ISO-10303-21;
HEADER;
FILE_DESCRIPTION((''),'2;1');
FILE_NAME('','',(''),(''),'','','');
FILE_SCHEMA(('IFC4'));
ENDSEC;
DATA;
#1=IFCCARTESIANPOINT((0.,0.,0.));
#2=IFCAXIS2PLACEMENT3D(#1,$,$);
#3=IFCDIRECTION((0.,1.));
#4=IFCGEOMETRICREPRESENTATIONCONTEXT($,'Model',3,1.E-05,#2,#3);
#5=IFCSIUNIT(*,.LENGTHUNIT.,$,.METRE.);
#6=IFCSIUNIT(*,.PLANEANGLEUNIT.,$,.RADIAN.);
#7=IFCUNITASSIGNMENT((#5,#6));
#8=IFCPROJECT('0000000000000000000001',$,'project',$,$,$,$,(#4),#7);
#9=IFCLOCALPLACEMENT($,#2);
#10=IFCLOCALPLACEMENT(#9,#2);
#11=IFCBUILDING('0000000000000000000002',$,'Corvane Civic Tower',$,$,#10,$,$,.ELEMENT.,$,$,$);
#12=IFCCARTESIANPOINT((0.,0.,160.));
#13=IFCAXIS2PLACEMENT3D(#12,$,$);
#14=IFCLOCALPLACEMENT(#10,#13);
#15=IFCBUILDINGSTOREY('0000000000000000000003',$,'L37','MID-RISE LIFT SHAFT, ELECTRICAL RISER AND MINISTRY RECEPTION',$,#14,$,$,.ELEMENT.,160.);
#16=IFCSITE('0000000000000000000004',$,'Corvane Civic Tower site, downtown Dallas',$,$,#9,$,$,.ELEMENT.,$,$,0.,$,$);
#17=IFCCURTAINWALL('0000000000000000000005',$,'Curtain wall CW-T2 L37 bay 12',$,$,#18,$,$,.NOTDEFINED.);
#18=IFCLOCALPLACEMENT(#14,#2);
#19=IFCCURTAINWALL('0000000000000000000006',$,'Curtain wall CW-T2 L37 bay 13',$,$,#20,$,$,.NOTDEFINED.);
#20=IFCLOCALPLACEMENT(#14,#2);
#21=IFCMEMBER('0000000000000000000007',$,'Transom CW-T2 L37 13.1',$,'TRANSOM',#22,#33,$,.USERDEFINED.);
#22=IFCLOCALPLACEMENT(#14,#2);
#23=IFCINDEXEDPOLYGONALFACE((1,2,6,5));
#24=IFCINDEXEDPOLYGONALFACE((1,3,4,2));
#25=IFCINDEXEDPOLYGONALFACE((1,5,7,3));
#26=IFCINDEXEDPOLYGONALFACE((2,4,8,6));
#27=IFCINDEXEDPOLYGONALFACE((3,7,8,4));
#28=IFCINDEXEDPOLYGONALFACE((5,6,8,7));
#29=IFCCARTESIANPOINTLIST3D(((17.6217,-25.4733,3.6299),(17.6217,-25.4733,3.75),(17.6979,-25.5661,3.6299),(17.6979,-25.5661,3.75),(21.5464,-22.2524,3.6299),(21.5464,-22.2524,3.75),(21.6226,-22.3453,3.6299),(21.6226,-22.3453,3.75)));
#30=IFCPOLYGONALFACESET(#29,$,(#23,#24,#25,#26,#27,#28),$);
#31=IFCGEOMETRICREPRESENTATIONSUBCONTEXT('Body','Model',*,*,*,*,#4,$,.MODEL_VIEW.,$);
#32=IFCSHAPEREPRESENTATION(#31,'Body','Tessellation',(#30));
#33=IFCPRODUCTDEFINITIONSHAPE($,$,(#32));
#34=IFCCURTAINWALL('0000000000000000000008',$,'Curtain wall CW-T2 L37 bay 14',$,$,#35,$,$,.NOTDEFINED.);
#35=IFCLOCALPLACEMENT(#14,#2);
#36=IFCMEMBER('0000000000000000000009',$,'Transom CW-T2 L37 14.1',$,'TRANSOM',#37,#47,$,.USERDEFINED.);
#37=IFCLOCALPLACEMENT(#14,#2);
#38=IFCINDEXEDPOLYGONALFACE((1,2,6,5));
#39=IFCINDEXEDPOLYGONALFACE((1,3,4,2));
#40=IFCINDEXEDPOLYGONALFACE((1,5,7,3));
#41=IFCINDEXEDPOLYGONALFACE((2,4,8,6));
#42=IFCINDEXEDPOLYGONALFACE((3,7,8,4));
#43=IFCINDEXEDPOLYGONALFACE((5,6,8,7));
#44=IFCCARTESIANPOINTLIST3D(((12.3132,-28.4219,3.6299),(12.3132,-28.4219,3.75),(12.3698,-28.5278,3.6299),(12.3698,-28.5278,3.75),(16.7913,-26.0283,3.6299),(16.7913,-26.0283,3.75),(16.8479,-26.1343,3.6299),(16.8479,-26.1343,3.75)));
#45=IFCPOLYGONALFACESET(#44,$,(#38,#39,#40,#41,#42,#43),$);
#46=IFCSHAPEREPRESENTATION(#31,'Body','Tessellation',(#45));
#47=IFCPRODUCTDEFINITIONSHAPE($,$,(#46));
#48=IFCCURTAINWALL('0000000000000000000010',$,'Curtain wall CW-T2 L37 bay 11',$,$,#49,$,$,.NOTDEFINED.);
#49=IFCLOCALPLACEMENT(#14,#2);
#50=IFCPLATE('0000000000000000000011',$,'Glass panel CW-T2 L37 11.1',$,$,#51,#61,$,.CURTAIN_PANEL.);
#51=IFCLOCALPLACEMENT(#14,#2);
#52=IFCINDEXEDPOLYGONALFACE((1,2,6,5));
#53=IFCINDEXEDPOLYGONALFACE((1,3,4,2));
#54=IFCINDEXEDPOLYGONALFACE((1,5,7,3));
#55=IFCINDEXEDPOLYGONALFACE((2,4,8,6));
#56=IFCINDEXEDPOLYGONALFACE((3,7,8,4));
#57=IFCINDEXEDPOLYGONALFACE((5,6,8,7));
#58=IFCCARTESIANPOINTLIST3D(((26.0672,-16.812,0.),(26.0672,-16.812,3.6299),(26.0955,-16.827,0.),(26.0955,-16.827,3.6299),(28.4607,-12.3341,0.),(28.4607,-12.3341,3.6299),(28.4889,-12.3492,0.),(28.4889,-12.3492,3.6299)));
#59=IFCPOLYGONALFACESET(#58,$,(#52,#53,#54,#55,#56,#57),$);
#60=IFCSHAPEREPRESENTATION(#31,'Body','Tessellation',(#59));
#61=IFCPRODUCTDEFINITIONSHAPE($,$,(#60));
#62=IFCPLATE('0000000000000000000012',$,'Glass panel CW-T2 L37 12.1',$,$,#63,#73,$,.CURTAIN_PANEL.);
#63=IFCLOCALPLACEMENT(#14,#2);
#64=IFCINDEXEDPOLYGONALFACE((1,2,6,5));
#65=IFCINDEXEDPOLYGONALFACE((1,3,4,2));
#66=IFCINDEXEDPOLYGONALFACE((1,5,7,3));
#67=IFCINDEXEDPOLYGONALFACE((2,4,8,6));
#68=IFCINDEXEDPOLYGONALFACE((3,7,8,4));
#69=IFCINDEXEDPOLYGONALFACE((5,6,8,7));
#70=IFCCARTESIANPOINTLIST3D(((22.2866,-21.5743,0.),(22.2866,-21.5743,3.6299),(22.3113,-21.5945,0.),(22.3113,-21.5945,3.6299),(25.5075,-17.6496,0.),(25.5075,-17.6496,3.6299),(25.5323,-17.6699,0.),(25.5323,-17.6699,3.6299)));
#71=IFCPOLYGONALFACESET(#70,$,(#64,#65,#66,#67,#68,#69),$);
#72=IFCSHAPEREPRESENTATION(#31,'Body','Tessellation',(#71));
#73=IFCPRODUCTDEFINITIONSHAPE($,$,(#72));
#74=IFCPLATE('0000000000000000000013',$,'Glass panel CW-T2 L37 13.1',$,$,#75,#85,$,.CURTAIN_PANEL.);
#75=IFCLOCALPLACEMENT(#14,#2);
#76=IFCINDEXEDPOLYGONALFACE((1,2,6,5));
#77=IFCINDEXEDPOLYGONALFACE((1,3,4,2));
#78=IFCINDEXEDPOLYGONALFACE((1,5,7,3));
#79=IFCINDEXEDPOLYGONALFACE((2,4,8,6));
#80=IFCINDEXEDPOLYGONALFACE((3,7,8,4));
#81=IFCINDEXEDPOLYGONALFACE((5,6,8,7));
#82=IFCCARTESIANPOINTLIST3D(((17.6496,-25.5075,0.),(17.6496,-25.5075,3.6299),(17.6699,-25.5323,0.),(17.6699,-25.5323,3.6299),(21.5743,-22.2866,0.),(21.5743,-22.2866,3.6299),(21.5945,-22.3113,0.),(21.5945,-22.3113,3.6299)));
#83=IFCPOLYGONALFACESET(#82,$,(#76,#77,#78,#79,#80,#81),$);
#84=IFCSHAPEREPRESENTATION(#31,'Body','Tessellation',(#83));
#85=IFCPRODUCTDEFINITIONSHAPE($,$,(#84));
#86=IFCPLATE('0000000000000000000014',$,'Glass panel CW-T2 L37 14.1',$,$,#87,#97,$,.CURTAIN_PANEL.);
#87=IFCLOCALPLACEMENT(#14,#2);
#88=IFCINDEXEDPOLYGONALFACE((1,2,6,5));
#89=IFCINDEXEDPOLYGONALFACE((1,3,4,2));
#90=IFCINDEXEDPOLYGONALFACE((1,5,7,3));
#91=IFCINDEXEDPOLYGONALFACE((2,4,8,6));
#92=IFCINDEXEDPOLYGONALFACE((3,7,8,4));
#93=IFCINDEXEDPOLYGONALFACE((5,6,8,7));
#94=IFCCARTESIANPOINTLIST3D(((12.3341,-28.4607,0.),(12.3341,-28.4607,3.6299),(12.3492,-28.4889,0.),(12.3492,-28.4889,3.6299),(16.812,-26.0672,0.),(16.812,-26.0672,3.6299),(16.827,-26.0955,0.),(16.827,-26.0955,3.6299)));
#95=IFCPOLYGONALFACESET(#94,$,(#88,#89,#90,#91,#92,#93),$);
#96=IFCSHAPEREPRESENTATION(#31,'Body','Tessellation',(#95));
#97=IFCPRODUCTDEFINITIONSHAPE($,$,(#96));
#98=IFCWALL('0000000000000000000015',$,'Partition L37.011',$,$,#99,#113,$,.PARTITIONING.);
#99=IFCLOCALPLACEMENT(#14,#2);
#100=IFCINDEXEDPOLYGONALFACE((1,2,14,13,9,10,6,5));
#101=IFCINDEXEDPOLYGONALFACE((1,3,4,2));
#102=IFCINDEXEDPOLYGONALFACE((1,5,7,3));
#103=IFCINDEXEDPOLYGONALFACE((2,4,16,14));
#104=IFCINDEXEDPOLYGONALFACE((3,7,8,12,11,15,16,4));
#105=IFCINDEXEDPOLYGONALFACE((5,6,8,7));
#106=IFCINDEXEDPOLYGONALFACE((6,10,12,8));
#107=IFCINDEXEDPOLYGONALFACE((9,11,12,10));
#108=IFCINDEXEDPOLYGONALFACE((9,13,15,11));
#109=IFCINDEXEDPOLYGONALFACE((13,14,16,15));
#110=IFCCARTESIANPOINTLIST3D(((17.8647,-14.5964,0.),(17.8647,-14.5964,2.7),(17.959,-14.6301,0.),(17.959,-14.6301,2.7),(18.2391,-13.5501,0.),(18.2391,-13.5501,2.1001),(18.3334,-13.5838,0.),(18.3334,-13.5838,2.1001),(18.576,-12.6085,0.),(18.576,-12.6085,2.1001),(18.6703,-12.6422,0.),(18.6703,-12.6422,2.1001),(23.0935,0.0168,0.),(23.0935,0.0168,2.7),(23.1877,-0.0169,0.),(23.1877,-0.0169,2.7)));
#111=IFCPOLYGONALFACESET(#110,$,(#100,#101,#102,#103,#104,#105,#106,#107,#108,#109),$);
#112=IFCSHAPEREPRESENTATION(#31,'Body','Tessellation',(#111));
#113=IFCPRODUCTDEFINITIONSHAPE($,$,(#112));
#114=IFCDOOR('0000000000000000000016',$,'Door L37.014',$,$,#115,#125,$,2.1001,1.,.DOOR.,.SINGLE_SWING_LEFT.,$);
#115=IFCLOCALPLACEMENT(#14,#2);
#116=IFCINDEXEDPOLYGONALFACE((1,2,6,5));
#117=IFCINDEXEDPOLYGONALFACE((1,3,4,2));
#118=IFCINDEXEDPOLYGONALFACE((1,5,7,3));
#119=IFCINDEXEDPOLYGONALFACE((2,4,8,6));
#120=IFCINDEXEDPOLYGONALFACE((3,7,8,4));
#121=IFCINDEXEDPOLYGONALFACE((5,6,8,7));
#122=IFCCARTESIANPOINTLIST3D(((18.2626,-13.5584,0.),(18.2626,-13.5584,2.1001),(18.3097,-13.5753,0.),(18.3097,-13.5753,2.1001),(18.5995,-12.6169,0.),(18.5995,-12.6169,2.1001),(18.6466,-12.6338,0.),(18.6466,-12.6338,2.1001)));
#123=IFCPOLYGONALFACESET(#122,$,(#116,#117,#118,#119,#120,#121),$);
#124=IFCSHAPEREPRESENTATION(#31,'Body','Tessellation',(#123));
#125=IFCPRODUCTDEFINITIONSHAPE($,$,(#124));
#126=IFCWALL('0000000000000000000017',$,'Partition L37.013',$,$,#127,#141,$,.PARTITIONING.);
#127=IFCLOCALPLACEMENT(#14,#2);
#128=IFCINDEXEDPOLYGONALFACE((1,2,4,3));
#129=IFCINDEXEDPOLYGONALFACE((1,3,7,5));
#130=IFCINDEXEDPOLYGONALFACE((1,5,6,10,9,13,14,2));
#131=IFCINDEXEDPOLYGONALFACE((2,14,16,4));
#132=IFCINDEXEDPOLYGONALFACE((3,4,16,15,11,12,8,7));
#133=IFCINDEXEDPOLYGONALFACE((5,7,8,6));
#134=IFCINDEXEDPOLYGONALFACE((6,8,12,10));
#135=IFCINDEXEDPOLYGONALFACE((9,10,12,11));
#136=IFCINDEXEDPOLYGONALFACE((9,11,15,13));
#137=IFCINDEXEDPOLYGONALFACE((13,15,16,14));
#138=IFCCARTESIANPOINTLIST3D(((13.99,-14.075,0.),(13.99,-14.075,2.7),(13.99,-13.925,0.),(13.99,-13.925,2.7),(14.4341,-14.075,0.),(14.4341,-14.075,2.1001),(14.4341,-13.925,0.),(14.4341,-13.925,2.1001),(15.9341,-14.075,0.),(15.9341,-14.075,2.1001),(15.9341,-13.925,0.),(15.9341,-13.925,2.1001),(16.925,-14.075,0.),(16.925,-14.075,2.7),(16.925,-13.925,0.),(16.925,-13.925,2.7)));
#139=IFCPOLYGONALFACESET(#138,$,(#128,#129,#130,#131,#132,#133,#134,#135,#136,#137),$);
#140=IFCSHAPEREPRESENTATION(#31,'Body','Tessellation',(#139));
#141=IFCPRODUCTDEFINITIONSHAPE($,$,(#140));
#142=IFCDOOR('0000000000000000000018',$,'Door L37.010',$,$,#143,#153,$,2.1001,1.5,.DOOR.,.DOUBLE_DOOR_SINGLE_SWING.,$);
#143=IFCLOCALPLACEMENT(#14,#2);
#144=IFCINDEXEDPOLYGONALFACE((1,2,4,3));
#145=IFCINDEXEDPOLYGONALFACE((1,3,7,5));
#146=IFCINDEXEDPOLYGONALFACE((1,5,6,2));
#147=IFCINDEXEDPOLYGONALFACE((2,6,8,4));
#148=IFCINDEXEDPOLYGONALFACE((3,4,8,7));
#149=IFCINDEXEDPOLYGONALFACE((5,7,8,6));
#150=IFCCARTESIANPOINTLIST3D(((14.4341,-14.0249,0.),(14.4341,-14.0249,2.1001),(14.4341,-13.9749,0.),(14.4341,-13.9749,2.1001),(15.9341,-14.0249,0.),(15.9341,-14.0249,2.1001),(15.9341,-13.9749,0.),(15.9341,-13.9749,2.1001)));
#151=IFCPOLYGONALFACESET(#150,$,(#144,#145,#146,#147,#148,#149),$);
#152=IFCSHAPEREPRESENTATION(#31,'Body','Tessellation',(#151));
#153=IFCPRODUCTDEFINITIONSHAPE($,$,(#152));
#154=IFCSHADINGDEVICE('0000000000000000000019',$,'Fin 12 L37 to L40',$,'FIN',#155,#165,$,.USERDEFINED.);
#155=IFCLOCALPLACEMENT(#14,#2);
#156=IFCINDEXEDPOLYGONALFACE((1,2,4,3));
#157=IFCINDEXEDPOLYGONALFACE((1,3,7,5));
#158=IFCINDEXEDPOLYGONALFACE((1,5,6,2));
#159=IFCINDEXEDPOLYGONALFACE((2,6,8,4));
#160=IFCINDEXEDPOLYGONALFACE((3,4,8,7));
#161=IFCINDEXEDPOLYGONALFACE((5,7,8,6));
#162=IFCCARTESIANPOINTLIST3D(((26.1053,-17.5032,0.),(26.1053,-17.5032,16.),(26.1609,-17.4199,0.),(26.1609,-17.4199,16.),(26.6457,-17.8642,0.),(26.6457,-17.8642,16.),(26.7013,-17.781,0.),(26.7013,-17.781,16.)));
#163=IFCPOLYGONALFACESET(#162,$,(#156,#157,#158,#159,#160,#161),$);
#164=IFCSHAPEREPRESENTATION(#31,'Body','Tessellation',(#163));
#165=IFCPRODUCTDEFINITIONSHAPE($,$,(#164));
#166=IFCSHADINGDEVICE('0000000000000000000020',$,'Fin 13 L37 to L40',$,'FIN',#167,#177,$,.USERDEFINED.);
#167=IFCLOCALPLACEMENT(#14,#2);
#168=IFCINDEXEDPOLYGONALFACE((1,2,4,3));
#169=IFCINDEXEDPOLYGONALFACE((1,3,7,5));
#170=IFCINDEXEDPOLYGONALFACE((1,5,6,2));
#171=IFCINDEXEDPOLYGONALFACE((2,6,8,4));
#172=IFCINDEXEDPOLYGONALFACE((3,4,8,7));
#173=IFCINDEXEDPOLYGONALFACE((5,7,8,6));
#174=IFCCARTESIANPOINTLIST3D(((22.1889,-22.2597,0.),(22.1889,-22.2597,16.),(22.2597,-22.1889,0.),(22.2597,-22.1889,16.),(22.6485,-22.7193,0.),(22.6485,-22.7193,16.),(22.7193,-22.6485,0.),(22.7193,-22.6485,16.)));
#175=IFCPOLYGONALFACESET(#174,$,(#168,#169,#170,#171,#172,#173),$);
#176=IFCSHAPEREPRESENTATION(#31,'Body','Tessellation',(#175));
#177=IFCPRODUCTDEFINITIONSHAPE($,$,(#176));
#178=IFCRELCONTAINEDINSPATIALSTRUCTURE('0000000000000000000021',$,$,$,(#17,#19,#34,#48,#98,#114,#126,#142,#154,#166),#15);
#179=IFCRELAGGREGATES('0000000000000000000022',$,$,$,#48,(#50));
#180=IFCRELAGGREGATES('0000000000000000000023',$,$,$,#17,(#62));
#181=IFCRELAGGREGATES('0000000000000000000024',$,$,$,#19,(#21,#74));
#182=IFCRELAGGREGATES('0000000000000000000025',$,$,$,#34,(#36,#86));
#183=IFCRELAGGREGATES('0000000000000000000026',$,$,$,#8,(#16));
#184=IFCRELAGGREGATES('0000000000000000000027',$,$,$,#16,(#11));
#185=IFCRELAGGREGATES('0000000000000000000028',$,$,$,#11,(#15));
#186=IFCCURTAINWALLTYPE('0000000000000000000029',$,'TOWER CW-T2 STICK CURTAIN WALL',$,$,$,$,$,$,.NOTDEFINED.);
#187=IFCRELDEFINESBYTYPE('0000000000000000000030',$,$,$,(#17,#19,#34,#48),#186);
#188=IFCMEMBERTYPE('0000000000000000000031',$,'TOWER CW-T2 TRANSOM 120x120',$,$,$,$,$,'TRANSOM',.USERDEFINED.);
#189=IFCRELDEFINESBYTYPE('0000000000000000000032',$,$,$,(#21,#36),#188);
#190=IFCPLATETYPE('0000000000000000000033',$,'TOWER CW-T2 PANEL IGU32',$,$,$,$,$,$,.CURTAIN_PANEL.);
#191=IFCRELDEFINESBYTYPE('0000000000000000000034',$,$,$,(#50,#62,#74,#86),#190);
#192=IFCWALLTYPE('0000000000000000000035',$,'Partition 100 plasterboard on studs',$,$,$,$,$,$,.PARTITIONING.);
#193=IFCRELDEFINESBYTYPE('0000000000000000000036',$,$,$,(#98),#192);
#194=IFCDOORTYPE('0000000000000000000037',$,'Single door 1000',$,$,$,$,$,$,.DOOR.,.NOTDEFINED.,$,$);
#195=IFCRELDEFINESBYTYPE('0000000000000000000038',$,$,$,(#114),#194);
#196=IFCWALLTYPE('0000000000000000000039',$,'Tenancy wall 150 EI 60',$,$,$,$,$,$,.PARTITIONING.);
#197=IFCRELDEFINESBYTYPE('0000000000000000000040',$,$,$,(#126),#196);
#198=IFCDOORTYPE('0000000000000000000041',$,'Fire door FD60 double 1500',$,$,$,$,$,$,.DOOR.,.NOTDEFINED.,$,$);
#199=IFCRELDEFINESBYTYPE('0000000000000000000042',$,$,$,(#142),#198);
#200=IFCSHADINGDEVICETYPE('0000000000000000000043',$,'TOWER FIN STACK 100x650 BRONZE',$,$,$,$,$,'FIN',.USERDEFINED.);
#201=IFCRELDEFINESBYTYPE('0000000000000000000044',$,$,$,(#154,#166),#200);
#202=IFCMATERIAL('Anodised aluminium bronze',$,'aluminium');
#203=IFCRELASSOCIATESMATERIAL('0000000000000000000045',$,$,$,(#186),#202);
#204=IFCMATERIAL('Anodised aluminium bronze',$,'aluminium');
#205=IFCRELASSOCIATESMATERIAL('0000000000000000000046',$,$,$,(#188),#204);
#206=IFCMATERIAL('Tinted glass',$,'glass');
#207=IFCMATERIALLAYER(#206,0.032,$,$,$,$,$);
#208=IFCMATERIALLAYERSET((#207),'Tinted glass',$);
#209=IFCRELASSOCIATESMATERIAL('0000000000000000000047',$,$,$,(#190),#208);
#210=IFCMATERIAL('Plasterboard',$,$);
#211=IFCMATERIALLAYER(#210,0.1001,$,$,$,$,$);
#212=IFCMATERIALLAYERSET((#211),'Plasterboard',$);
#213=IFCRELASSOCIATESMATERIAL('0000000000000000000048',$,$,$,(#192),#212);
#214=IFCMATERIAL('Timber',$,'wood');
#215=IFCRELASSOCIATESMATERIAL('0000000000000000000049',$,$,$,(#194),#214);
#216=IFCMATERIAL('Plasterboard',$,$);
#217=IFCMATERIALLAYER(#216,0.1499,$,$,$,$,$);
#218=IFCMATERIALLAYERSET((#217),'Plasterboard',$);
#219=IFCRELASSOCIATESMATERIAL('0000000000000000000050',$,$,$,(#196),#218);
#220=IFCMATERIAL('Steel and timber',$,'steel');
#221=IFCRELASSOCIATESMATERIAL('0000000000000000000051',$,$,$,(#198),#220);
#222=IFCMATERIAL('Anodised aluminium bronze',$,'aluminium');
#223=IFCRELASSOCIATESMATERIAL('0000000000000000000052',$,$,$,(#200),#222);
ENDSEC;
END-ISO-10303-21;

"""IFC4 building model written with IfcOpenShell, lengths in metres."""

from ifc_helpers import new_model, si_unit, direction, frame, frame_2d, origin, origin_2d, place, context, subcontext, project, spatial, rectangle, extrude, material, layer, layer_set, material_profile, profile_set, type_object, element, fill, aggregate, save


model = new_model("IFC4")

# Units and contexts
model_context = context("Model", 3, precision=1e-05, world=origin(), true_north=direction((0.0, 1.0)))
body_context = subcontext(model_context, "Body", "Model", "MODEL_VIEW")
ifc_project = project(units=[si_unit("LENGTHUNIT", "METRE"), si_unit("PLANEANGLEUNIT", "RADIAN")], contexts=[model_context])

# Site, building, storey
site_placement = place(None, origin())
site = spatial("IfcSite", under=ifc_project, at=site_placement, Name="Corvane Civic Tower site, downtown Dallas", CompositionType="ELEMENT", RefElevation=0.0)
building_placement = place(site_placement, origin())
building = spatial("IfcBuilding", under=site, at=building_placement, Name="Corvane Civic Tower", CompositionType="ELEMENT")
storey_placement = place(building_placement, frame((0.0, 0.0, 160.0)))
storey = spatial("IfcBuildingStorey", under=building, at=storey_placement, Name="L37", Description="MID-RISE LIFT SHAFT, ELECTRICAL RISER AND MINISTRY RECEPTION", CompositionType="ELEMENT", Elevation=160.0)

# Curtain walls, members
ifc_material_1 = material(Name="Anodised aluminium bronze", Category="aluminium")
curtain_wall_type = type_object("IfcCurtainWallType", Name="TOWER CW-T2 STICK CURTAIN WALL", PredefinedType="NOTDEFINED", material=ifc_material_1)
curtain_wall_1_placement = place(storey_placement, origin())
curtain_wall_1 = element("IfcCurtainWall", 1, at=curtain_wall_1_placement, inside=storey, type_object=curtain_wall_type, Name="Curtain wall CW-T2 L37 bay 12", PredefinedType="NOTDEFINED")
ifc_material_2 = material(Name="Anodised aluminium bronze", Category="aluminium")
ifc_material_profile_1 = material_profile(ifc_material_2, rectangle(XDim=0.1201, YDim=0.1201, at=origin_2d()), Name="TOWER CW-T2 TRANSOM 120x120")
ifc_profile_set_1 = profile_set([ifc_material_profile_1], Name="Anodised aluminium bronze")
member_type = type_object("IfcMemberType", Name="TOWER CW-T2 TRANSOM 120x120", ElementType="TRANSOM", PredefinedType="USERDEFINED", material=ifc_profile_set_1)
curtain_wall_2_placement = place(storey_placement, origin())
curtain_wall_2 = element("IfcCurtainWall", 2, at=curtain_wall_2_placement, inside=storey, type_object=curtain_wall_type, Name="Curtain wall CW-T2 L37 bay 13", PredefinedType="NOTDEFINED")
member_1_placement = place(storey_placement, frame((21.5845, -22.2988, 3.6899), z_axis=(-0.773016, -0.634387, 0.0), x_axis=(0.634387, -0.773016, 0.0)))
member_1 = element("IfcMember", 3, at=member_1_placement, type_object=member_type, Name="Transom CW-T2 L37 13.1", ObjectType="TRANSOM", PredefinedType="USERDEFINED", context=body_context, shape_type="SweptSolid", body=[
    extrude(rectangle(XDim=0.1201, YDim=0.1201, at=origin_2d()), origin(), (0.0, 0.0, 1.0), 5.0771),
])
curtain_wall_3_placement = place(storey_placement, origin())
curtain_wall_3 = element("IfcCurtainWall", 4, at=curtain_wall_3_placement, inside=storey, type_object=curtain_wall_type, Name="Curtain wall CW-T2 L37 bay 14", PredefinedType="NOTDEFINED")
member_2_placement = place(storey_placement, frame((16.8196, -26.0813, 3.6899), z_axis=(-0.881921, -0.471397, 0.0), x_axis=(0.471397, -0.881921, 0.0)))
member_2 = element("IfcMember", 5, at=member_2_placement, type_object=member_type, Name="Transom CW-T2 L37 14.1", ObjectType="TRANSOM", PredefinedType="USERDEFINED", context=body_context, shape_type="SweptSolid", body=[
    extrude(rectangle(XDim=0.1201, YDim=0.1201, at=origin_2d()), origin(), (0.0, 0.0, 1.0), 5.0776),
])

# Curtain wall, plate
curtain_wall_4_placement = place(storey_placement, origin())
curtain_wall_4 = element("IfcCurtainWall", 6, at=curtain_wall_4_placement, inside=storey, type_object=curtain_wall_type, Name="Curtain wall CW-T2 L37 bay 11", PredefinedType="NOTDEFINED")
ifc_material_3 = material(Name="Tinted glass", Category="glass")
ifc_layer_1 = layer(ifc_material_3, 0.032)
ifc_layer_set_1 = layer_set([ifc_layer_1], Name="Tinted glass")
plate_type = type_object("IfcPlateType", Name="TOWER CW-T2 PANEL IGU32", PredefinedType="CURTAIN_PANEL", material=ifc_layer_set_1)
plate_1_placement = place(storey_placement, frame((27.2781, -14.5806, 0.0), z_axis=(0.0, 0.0, 1.0), x_axis=(-0.471395, -0.881922, 0.0)))
plate_1 = element("IfcPlate", 7, at=plate_1_placement, type_object=plate_type, Name="Glass panel CW-T2 L37 11.1", PredefinedType="CURTAIN_PANEL", context=body_context, shape_type="SweptSolid", body=[
    extrude(rectangle(XDim=5.0774, YDim=0.032, at=origin_2d()), origin(), (0.0, 0.0, 1.0), 3.6299),
])
aggregate(curtain_wall_4, [plate_1])

# Plates
plate_2_placement = place(storey_placement, frame((23.9094, -19.6221, 0.0), z_axis=(0.0, 0.0, 1.0), x_axis=(-0.6344, -0.773005, 0.0)))
plate_2 = element("IfcPlate", 8, at=plate_2_placement, type_object=plate_type, Name="Glass panel CW-T2 L37 12.1", PredefinedType="CURTAIN_PANEL", context=body_context, shape_type="SweptSolid", body=[
    extrude(rectangle(XDim=5.0771, YDim=0.032, at=origin_2d()), origin(), (0.0, 0.0, 1.0), 3.6299),
])
aggregate(curtain_wall_1, [plate_2])
plate_3_placement = place(storey_placement, frame((19.6221, -23.9094, 0.0), z_axis=(0.0, 0.0, 1.0), x_axis=(-0.773005, -0.6344, 0.0)))
plate_3 = element("IfcPlate", 9, at=plate_3_placement, type_object=plate_type, Name="Glass panel CW-T2 L37 13.1", PredefinedType="CURTAIN_PANEL", context=body_context, shape_type="SweptSolid", body=[
    extrude(rectangle(XDim=5.0771, YDim=0.032, at=origin_2d()), origin(), (0.0, 0.0, 1.0), 3.6299),
])
aggregate(curtain_wall_2, [member_1, plate_3])
plate_4_placement = place(storey_placement, frame((14.5806, -27.2781, 0.0), z_axis=(0.0, 0.0, 1.0), x_axis=(-0.881922, -0.471395, 0.0)))
plate_4 = element("IfcPlate", 10, at=plate_4_placement, type_object=plate_type, Name="Glass panel CW-T2 L37 14.1", PredefinedType="CURTAIN_PANEL", context=body_context, shape_type="SweptSolid", body=[
    extrude(rectangle(XDim=5.0774, YDim=0.032, at=origin_2d()), origin(), (0.0, 0.0, 1.0), 3.6299),
])
aggregate(curtain_wall_3, [member_2, plate_4])

# Walls, openings, doors
ifc_material_4 = material(Name="Plasterboard")
ifc_layer_2 = layer(ifc_material_4, 0.1001)
ifc_layer_set_2 = layer_set([ifc_layer_2], Name="Plasterboard")
wall_type_1 = type_object("IfcWallType", Name="Partition 100 plasterboard on studs", PredefinedType="PARTITIONING", material=ifc_layer_set_2)
wall_1_placement = place(storey_placement, frame((17.9119, -14.6133, 0.0), z_axis=(0.0, 0.0, 1.0), x_axis=(0.336892, 0.941543, 0.0)))
wall_1 = element("IfcWall", 11, at=wall_1_placement, inside=storey, type_object=wall_type_1, Name="Partition L37.011", PredefinedType="PARTITIONING", context=body_context, shape_type="SweptSolid", body=[
    extrude(rectangle(XDim=15.5205, YDim=0.1001, at=frame_2d((7.7603, 0.0))), origin(), (0.0, 0.0, 1.0), 2.7),
])
opening_1_placement = place(wall_1_placement, frame((1.1113, 0.0, 0.0)))
opening_1 = element("IfcOpeningElement", 12, at=opening_1_placement, cuts=wall_1, PredefinedType="OPENING", context=body_context, shape_type="SweptSolid", body=[
    extrude(rectangle(XDim=1.0, YDim=2.1001, at=frame_2d((0.5, 1.05))), frame((0.0, 0.0601, 0.0), z_axis=(0.0, -1.0, 0.0), x_axis=(1.0, 0.0, 0.0)), (0.0, 0.0, 1.0), 0.1201),
])
ifc_material_5 = material(Name="Timber", Category="wood")
door_type_1 = type_object("IfcDoorType", Name="Single door 1000", OperationType="NOTDEFINED", PredefinedType="DOOR", material=ifc_material_5)
door_1_placement = place(opening_1_placement, frame((1.0, 0.0, 0.0), z_axis=(0.0, 0.0, 1.0), x_axis=(-1.0, 0.0, 0.0)))
door_1 = element("IfcDoor", 13, at=door_1_placement, inside=storey, type_object=door_type_1, Name="Door L37.014", OperationType="SINGLE_SWING_LEFT", OverallHeight=2.1001, OverallWidth=1.0, PredefinedType="DOOR", context=body_context, shape_type="SweptSolid", body=[
    extrude(rectangle(XDim=1.0, YDim=2.1001, at=frame_2d((0.5, 1.05))), frame((0.0, 0.0249, 0.0), z_axis=(0.0, -1.0, 0.0), x_axis=(1.0, 0.0, 0.0)), (0.0, 0.0, 1.0), 0.05),
])
fill(opening_1, door_1)
ifc_material_6 = material(Name="Plasterboard")
ifc_layer_3 = layer(ifc_material_6, 0.1499)
ifc_layer_set_3 = layer_set([ifc_layer_3], Name="Plasterboard")
wall_type_2 = type_object("IfcWallType", Name="Tenancy wall 150 EI 60", PredefinedType="PARTITIONING", material=ifc_layer_set_3)
wall_2_placement = place(storey_placement, frame((13.99, -14.0, 0.0), z_axis=(0.0, 0.0, 1.0), x_axis=(1.0, 0.0, 0.0)))
wall_2 = element("IfcWall", 14, at=wall_2_placement, inside=storey, type_object=wall_type_2, Name="Partition L37.013", PredefinedType="PARTITIONING", context=body_context, shape_type="SweptSolid", body=[
    extrude(rectangle(XDim=2.9351, YDim=0.1499, at=frame_2d((1.4675, 0.0))), origin(), (0.0, 0.0, 1.0), 2.7),
])
opening_2_placement = place(wall_2_placement, frame((0.4441, 0.0, 0.0)))
opening_2 = element("IfcOpeningElement", 15, at=opening_2_placement, cuts=wall_2, PredefinedType="OPENING", context=body_context, shape_type="SweptSolid", body=[
    extrude(rectangle(XDim=1.5, YDim=2.1001, at=frame_2d((0.75, 1.05))), frame((0.0, 0.085, 0.0), z_axis=(0.0, -1.0, 0.0), x_axis=(1.0, 0.0, 0.0)), (0.0, 0.0, 1.0), 0.1699),
])
ifc_material_7 = material(Name="Steel and timber", Category="steel")
door_type_2 = type_object("IfcDoorType", Name="Fire door FD60 double 1500", OperationType="NOTDEFINED", PredefinedType="DOOR", material=ifc_material_7)
door_2_placement = place(opening_2_placement, frame((1.5, 0.0, 0.0), z_axis=(0.0, 0.0, 1.0), x_axis=(-1.0, 0.0, 0.0)))
door_2 = element("IfcDoor", 16, at=door_2_placement, inside=storey, type_object=door_type_2, Name="Door L37.010", OperationType="DOUBLE_DOOR_SINGLE_SWING", OverallHeight=2.1001, OverallWidth=1.5, PredefinedType="DOOR", context=body_context, shape_type="SweptSolid", body=[
    extrude(rectangle(XDim=1.5, YDim=2.1001, at=frame_2d((0.75, 1.05))), frame((0.0, 0.0249, 0.0), z_axis=(0.0, -1.0, 0.0), x_axis=(1.0, 0.0, 0.0)), (0.0, 0.0, 1.0), 0.05),
])
fill(opening_2, door_2)

# Shading devices
ifc_material_8 = material(Name="Anodised aluminium bronze", Category="aluminium")
ifc_material_profile_2 = material_profile(ifc_material_8, rectangle(XDim=0.1001, YDim=0.6499, at=origin_2d()), Name="TOWER FIN STACK 100x650 BRONZE")
ifc_profile_set_2 = profile_set([ifc_material_profile_2], Name="Anodised aluminium bronze")
shading_device_type = type_object("IfcShadingDeviceType", Name="TOWER FIN STACK 100x650 BRONZE", ElementType="FIN", PredefinedType="USERDEFINED", material=ifc_profile_set_2)
for number, where, z_axis, x_axis, name in (
    (17, (26.4033, -17.6421, 0.0), (0.0, 0.0, 1.0), (-0.55557, -0.83147, 0.0), "Fin 12 L37 to L40"),
    (18, (22.4541, -22.4541, 0.0), (0.0, 0.0, 1.0), (-0.707107, -0.707107, 0.0), "Fin 13 L37 to L40"),
):
    element("IfcShadingDevice", number, at=place(storey_placement, frame(where, z_axis=z_axis, x_axis=x_axis)), inside=storey, type_object=shading_device_type, Name=name, ObjectType="FIN", PredefinedType="USERDEFINED", context=body_context, shape_type="SweptSolid", body=[
        extrude(rectangle(XDim=0.1001, YDim=0.6499, at=origin_2d()), origin(), (0.0, 0.0, 1.0), 16.0),
    ])

save(model, "model.ifc")
